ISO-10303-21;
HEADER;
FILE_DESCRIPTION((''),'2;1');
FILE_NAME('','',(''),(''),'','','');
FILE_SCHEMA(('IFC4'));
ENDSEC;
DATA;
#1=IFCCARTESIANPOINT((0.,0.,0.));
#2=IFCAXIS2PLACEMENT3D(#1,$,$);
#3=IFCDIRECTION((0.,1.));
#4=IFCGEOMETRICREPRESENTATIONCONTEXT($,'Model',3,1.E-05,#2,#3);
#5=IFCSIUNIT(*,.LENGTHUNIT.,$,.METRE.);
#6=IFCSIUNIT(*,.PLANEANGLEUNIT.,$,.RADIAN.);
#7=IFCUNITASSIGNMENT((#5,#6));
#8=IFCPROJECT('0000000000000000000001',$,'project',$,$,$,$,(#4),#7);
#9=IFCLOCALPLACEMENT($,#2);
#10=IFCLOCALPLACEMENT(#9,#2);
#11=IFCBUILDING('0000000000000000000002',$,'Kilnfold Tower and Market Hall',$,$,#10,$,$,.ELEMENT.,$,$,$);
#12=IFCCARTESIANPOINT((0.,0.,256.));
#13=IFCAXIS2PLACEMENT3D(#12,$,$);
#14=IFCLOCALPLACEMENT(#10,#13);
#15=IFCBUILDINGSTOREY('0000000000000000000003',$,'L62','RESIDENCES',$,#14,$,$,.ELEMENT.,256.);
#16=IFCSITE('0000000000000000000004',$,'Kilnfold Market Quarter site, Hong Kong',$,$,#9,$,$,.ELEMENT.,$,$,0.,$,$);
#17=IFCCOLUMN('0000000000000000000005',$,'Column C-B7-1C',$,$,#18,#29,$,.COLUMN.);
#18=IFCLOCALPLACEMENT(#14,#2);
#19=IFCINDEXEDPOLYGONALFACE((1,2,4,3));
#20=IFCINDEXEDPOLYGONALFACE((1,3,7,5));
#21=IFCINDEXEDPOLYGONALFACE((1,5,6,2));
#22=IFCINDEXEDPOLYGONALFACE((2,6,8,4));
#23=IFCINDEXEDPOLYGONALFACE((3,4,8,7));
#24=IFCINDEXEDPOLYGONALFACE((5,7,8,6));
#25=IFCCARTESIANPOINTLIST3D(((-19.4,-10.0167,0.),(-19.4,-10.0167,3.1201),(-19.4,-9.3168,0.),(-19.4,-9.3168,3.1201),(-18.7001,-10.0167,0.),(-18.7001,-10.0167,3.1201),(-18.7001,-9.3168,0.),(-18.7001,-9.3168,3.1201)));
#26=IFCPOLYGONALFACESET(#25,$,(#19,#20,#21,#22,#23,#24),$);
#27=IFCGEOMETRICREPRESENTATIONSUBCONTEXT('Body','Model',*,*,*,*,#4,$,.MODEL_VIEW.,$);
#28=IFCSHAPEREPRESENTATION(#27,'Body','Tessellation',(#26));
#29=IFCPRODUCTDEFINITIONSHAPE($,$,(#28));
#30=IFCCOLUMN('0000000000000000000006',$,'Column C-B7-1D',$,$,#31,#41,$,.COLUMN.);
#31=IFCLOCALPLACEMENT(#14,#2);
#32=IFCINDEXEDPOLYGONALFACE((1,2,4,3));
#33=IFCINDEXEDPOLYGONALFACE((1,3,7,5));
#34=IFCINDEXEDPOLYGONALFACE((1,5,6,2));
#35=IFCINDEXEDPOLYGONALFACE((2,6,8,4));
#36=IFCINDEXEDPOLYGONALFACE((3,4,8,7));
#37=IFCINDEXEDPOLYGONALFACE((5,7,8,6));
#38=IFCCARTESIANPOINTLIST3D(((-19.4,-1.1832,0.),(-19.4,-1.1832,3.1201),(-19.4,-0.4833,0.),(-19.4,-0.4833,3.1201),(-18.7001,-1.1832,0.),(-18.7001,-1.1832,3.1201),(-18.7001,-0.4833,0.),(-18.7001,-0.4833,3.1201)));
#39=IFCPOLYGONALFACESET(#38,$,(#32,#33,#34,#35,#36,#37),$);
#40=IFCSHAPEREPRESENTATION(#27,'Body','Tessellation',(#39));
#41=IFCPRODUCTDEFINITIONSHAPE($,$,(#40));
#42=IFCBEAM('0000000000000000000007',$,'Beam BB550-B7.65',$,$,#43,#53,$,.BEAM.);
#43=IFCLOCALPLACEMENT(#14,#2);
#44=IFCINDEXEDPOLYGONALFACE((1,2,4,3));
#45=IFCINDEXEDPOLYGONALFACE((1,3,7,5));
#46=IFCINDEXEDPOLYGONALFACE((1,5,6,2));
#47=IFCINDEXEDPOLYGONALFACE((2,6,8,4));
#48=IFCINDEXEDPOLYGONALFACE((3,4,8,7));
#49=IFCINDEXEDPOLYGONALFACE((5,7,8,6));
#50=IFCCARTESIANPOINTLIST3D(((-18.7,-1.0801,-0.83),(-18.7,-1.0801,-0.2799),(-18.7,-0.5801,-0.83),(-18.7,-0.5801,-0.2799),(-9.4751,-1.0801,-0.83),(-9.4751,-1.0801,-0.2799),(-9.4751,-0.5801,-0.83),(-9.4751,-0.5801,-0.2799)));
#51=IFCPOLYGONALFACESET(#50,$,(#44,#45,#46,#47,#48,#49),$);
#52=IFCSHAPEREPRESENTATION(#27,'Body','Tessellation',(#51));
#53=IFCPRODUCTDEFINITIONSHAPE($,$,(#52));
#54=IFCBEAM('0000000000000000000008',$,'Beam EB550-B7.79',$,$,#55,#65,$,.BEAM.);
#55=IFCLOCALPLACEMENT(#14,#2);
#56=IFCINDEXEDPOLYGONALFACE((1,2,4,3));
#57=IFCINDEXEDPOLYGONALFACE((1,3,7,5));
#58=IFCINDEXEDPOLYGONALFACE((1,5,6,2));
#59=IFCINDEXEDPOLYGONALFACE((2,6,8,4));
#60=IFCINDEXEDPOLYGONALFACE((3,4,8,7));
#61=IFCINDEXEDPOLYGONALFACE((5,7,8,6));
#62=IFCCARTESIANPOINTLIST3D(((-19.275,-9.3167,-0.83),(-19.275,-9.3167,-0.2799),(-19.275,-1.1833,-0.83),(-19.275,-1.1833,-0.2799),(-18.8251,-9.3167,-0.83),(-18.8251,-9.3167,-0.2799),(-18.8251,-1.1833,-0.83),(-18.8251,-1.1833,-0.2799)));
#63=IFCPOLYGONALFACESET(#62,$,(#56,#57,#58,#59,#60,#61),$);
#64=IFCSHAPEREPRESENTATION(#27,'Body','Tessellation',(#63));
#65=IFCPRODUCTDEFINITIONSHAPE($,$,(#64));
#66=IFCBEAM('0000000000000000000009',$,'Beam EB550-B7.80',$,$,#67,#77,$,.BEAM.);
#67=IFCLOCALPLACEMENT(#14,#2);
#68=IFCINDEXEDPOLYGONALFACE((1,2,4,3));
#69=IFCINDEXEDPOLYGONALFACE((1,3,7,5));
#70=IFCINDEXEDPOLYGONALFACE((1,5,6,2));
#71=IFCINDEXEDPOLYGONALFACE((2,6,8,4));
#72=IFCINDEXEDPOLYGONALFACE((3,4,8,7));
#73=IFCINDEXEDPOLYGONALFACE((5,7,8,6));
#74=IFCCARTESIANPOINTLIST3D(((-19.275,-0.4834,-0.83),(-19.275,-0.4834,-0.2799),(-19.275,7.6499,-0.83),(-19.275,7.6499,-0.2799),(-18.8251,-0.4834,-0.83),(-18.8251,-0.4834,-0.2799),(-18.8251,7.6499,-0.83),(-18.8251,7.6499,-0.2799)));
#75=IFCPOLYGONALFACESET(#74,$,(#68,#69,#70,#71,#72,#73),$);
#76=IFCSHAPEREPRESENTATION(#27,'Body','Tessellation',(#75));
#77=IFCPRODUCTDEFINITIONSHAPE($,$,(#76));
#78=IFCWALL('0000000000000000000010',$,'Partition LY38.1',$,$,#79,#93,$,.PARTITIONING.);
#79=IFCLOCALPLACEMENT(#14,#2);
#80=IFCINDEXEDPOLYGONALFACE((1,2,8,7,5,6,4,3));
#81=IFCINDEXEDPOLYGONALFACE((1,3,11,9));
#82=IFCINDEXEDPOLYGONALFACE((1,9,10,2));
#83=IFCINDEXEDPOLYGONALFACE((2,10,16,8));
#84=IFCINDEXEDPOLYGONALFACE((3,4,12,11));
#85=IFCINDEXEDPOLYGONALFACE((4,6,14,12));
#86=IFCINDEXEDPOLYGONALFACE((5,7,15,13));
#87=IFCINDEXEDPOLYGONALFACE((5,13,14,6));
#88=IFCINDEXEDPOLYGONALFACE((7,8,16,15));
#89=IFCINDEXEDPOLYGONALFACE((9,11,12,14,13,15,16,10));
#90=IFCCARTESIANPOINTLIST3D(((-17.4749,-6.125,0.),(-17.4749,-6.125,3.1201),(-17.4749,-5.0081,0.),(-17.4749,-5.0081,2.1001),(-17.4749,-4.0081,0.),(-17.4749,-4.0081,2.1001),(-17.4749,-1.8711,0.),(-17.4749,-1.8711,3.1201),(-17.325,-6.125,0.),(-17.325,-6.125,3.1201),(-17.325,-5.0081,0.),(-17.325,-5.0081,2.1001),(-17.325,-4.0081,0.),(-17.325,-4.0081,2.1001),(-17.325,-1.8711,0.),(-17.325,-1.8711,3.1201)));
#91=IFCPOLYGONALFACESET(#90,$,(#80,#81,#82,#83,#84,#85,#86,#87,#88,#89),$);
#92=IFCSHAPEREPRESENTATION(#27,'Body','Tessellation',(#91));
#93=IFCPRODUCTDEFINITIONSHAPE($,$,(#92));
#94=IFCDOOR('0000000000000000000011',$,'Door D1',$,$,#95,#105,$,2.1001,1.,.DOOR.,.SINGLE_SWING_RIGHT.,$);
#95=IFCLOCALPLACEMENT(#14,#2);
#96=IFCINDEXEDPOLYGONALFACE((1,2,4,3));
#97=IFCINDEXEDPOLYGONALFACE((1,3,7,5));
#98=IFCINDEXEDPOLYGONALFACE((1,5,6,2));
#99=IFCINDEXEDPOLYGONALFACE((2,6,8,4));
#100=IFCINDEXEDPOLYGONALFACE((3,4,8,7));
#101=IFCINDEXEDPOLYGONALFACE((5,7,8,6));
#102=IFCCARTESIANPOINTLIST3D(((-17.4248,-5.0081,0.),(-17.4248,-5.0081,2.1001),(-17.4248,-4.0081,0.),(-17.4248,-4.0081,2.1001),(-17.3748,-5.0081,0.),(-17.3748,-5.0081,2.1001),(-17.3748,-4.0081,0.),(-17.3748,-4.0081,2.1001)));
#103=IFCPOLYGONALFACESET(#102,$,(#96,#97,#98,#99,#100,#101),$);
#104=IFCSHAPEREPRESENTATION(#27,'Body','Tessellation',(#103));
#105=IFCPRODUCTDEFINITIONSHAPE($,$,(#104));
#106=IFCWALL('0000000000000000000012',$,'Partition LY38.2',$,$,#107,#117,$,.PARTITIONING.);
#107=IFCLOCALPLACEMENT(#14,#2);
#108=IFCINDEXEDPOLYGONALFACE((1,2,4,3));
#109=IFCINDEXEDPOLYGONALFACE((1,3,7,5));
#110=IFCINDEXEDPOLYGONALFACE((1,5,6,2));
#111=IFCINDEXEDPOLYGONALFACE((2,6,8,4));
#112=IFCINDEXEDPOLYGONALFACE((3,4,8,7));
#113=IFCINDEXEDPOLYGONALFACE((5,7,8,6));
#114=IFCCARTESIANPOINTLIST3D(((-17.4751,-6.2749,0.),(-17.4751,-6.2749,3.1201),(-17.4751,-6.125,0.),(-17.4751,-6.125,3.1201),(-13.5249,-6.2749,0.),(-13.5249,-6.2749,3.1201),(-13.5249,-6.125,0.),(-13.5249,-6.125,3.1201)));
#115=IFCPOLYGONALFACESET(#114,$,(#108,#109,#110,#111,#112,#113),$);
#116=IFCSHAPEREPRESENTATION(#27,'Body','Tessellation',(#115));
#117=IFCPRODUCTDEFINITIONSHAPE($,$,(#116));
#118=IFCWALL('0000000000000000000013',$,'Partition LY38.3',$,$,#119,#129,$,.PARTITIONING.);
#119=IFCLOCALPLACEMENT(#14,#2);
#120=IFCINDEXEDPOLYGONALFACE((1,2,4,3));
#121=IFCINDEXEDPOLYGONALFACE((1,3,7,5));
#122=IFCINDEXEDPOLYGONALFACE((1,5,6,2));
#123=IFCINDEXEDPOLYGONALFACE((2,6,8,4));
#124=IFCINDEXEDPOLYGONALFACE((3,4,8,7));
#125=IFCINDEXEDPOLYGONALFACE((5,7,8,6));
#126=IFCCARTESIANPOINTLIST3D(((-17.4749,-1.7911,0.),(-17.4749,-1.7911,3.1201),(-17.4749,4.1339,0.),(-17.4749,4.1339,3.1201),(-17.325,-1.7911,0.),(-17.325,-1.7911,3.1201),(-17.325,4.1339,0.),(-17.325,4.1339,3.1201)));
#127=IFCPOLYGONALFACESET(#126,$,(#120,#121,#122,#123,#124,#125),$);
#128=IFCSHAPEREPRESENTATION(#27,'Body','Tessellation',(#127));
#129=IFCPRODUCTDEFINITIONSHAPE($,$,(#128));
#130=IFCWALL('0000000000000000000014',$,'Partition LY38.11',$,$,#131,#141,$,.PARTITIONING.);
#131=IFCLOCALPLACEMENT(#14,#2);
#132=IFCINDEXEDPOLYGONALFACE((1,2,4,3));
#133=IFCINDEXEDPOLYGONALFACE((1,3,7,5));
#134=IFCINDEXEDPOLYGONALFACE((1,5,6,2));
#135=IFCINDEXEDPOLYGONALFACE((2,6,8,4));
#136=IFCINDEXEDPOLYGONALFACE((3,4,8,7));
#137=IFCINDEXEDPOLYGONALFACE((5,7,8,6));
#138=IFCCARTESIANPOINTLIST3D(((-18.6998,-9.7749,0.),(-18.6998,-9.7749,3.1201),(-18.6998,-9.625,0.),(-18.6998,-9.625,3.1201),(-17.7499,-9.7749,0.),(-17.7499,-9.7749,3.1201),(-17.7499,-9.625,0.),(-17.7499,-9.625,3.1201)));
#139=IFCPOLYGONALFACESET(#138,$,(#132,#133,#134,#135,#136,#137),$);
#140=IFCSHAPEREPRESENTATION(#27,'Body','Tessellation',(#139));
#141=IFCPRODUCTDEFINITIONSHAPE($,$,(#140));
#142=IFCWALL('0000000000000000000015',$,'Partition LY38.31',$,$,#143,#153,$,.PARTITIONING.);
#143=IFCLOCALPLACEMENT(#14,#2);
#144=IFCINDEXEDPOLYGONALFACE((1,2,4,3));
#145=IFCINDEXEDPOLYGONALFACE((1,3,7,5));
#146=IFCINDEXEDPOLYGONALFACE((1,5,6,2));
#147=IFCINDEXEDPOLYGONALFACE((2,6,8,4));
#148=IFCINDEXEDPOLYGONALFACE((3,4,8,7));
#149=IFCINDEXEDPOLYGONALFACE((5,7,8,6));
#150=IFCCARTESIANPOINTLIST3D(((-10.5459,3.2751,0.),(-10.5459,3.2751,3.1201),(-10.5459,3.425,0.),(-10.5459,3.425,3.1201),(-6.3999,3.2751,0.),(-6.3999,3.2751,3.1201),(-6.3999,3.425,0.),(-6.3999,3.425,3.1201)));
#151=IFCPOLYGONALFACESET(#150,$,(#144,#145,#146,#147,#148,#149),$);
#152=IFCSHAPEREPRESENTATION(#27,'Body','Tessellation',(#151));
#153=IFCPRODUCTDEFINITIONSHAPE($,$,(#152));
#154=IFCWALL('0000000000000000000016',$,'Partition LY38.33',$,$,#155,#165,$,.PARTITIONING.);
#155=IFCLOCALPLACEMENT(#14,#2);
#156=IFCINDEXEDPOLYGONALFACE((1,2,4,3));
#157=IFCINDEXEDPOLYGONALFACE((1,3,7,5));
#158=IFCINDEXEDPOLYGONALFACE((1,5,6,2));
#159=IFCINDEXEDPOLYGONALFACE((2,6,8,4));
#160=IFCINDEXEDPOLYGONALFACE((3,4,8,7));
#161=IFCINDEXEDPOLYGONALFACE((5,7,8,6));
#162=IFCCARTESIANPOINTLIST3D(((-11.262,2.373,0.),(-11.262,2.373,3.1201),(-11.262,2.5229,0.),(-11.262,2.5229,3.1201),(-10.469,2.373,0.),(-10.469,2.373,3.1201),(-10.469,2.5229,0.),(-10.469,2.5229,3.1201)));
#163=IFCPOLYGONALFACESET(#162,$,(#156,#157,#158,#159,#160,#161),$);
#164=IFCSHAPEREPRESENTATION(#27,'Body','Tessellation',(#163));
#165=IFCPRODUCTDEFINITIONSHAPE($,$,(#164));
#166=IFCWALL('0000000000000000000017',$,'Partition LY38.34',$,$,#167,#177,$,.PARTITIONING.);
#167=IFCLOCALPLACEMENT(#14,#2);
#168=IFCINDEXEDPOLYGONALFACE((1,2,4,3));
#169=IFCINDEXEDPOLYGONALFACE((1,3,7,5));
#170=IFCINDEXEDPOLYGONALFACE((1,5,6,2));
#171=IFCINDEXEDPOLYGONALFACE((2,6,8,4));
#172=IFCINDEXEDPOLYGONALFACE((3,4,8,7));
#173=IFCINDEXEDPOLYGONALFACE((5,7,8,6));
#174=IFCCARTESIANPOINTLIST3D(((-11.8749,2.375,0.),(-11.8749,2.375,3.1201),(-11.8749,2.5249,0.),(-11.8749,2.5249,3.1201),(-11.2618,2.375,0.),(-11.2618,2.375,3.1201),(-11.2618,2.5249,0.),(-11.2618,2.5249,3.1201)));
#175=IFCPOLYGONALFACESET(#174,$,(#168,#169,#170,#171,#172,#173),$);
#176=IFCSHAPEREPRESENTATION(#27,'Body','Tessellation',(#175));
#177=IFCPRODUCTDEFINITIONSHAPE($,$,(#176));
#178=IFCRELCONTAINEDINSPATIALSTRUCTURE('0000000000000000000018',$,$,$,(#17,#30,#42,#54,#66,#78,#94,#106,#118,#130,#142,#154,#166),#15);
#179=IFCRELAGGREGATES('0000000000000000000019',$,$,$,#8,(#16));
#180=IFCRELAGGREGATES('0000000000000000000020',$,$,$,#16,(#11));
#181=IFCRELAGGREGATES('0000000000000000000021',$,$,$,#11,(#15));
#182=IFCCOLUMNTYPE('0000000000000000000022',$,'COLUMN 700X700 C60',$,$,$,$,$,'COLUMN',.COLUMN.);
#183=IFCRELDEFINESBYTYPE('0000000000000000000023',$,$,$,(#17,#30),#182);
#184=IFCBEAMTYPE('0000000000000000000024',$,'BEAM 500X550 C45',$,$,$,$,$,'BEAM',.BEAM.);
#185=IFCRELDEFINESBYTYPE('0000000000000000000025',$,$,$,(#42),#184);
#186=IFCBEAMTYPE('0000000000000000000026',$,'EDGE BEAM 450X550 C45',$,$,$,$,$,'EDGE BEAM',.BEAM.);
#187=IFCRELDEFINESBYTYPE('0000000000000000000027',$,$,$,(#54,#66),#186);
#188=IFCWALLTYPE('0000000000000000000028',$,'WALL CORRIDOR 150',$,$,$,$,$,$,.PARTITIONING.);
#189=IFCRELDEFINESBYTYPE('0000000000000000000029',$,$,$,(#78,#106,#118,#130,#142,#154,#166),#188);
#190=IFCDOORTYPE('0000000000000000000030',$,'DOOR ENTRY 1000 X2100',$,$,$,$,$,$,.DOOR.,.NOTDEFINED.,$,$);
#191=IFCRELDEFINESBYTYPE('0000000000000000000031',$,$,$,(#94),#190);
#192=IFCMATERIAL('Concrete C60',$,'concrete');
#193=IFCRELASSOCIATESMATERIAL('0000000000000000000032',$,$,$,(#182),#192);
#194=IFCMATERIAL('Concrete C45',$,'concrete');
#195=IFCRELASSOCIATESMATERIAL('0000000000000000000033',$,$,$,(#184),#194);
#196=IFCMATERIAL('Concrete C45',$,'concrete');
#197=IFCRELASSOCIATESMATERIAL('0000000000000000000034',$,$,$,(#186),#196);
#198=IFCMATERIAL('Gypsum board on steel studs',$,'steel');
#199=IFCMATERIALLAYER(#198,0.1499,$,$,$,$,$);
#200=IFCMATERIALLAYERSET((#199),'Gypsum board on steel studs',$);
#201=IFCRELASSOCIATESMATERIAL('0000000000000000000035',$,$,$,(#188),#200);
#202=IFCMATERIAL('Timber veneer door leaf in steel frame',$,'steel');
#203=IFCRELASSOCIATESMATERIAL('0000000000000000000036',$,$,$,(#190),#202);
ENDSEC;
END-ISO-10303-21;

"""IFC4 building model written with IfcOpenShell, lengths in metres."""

from ifc_helpers import new_model, si_unit, direction, frame, frame_2d, origin, origin_2d, place, context, subcontext, project, spatial, rectangle, extrude, source, transform, mapped, material, layer, layer_set, material_profile, profile_set, type_object, element, fill, save


model = new_model("IFC4")

# Units and contexts
model_context = context("Model", 3, precision=1e-05, world=origin(), true_north=direction((0.0, 1.0)))
body_context = subcontext(model_context, "Body", "Model", "MODEL_VIEW")
ifc_project = project(units=[si_unit("LENGTHUNIT", "METRE"), si_unit("PLANEANGLEUNIT", "RADIAN")], contexts=[model_context])

# Site, building, storey
site_placement = place(None, origin())
site = spatial("IfcSite", under=ifc_project, at=site_placement, Name="Kilnfold Market Quarter site, Hong Kong", CompositionType="ELEMENT", RefElevation=0.0)
building_placement = place(site_placement, origin())
building = spatial("IfcBuilding", under=site, at=building_placement, Name="Kilnfold Tower and Market Hall", CompositionType="ELEMENT")
storey_placement = place(building_placement, frame((0.0, 0.0, 256.0)))
storey = spatial("IfcBuildingStorey", under=building, at=storey_placement, Name="L62", Description="RESIDENCES", CompositionType="ELEMENT", Elevation=256.0)

# Columns
ifc_material_1 = material(Name="Concrete C60", Category="concrete")
ifc_material_profile_1 = material_profile(ifc_material_1, rectangle(XDim=0.7, YDim=0.7, at=origin_2d()), Name="RC 700x700")
ifc_profile_set_1 = profile_set([ifc_material_profile_1], Name="Concrete C60")
column_type = type_object("IfcColumnType", Name="COLUMN 700X700 C60", ElementType="COLUMN", PredefinedType="COLUMN", material=ifc_profile_set_1)
shared_shape_1 = source(origin(), body_context, "Body", "SweptSolid", [
    extrude(rectangle(XDim=0.7, YDim=0.7, at=origin_2d()), origin(), (0.0, 0.0, 1.0), 3.1201),
])
for number, where, z_axis, x_axis, name in (
    (1, (-19.05, -9.6667, 0.0), (0.0, 0.0, 1.0), (1.0, 0.0, 0.0), "Column C-B7-1C"),
    (2, (-19.05, -0.8333, 0.0), (0.0, 0.0, 1.0), (1.0, 0.0, 0.0), "Column C-B7-1D"),
):
    element("IfcColumn", number, at=place(storey_placement, frame(where, z_axis=z_axis, x_axis=x_axis)), inside=storey, type_object=column_type, Name=name, PredefinedType="COLUMN", context=body_context, shape_type="MappedRepresentation", body=[
        mapped(shared_shape_1, transform((0.0, 0.0, 0.0))),
    ])

# Beams
ifc_material_2 = material(Name="Concrete C45", Category="concrete")
ifc_material_profile_2 = material_profile(ifc_material_2, rectangle(XDim=0.5, YDim=0.55, at=origin_2d()), Name="RC 500x550")
ifc_profile_set_2 = profile_set([ifc_material_profile_2], Name="Concrete C45")
beam_type_1 = type_object("IfcBeamType", Name="BEAM 500X550 C45", ElementType="BEAM", PredefinedType="BEAM", material=ifc_profile_set_2)
shared_shape_2 = source(origin(), body_context, "Body", "SweptSolid", [
    extrude(rectangle(XDim=0.5, YDim=0.55, at=origin_2d()), origin(), (0.0, 0.0, 1.0), 9.2249),
])
beam_placement = place(storey_placement, frame((-18.7, -0.8301, -0.5549), z_axis=(1.0, 0.0, 0.0), x_axis=(0.0, 1.0, 0.0)))
element("IfcBeam", 3, at=beam_placement, inside=storey, type_object=beam_type_1, Name="Beam BB550-B7.65", PredefinedType="BEAM", context=body_context, shape_type="MappedRepresentation", body=[
    mapped(shared_shape_2, transform((0.0, 0.0, 0.0))),
])
ifc_material_3 = material(Name="Concrete C45", Category="concrete")
ifc_material_profile_3 = material_profile(ifc_material_3, rectangle(XDim=0.45, YDim=0.55, at=origin_2d()), Name="RC 450x550")
ifc_profile_set_3 = profile_set([ifc_material_profile_3], Name="Concrete C45")
beam_type_2 = type_object("IfcBeamType", Name="EDGE BEAM 450X550 C45", ElementType="EDGE BEAM", PredefinedType="BEAM", material=ifc_profile_set_3)
shared_shape_3 = source(origin(), body_context, "Body", "SweptSolid", [
    extrude(rectangle(XDim=0.45, YDim=0.55, at=origin_2d()), origin(), (0.0, 0.0, 1.0), 8.1333),
])
for number, where, z_axis, x_axis, name in (
    (4, (-19.05, -9.3167, -0.5549), (0.0, 1.0, 0.0), (-1.0, 0.0, 0.0), "Beam EB550-B7.79"),
    (5, (-19.05, -0.4834, -0.5549), (0.0, 1.0, 0.0), (-1.0, 0.0, 0.0), "Beam EB550-B7.80"),
):
    element("IfcBeam", number, at=place(storey_placement, frame(where, z_axis=z_axis, x_axis=x_axis)), inside=storey, type_object=beam_type_2, Name=name, PredefinedType="BEAM", context=body_context, shape_type="MappedRepresentation", body=[
        mapped(shared_shape_3, transform((0.0, 0.0, 0.0))),
    ])

# Wall, opening, door
ifc_material_4 = material(Name="Gypsum board on steel studs", Category="steel")
ifc_layer_1 = layer(ifc_material_4, 0.1499)
ifc_layer_set_1 = layer_set([ifc_layer_1], Name="Gypsum board on steel studs")
wall_type_1 = type_object("IfcWallType", Name="WALL CORRIDOR 150", PredefinedType="PARTITIONING", material=ifc_layer_set_1)
wall_1_placement = place(storey_placement, frame((-17.3999, -6.125, 0.0), z_axis=(0.0, 0.0, 1.0), x_axis=(0.0, 1.0, 0.0)))
wall_1 = element("IfcWall", 6, at=wall_1_placement, inside=storey, type_object=wall_type_1, Name="Partition LY38.1", PredefinedType="PARTITIONING", context=body_context, shape_type="SweptSolid", body=[
    extrude(rectangle(XDim=4.2539, YDim=0.1499, at=frame_2d((2.127, 0.0))), origin(), (0.0, 0.0, 1.0), 3.1201),
])
opening_1_placement = place(wall_1_placement, frame((1.1169, 0.0, 0.0)))
opening_1 = element("IfcOpeningElement", 7, at=opening_1_placement, cuts=wall_1, PredefinedType="OPENING", context=body_context, shape_type="SweptSolid", body=[
    extrude(rectangle(XDim=1.0, YDim=2.1001, at=frame_2d((0.5, 1.05))), frame((0.0, 0.085, 0.0), z_axis=(0.0, -1.0, 0.0), x_axis=(1.0, 0.0, 0.0)), (0.0, 0.0, 1.0), 0.1699),
])
ifc_material_5 = material(Name="Timber veneer door leaf in steel frame", Category="steel")
door_type_1 = type_object("IfcDoorType", Name="DOOR ENTRY 1000 X2100", OperationType="NOTDEFINED", PredefinedType="DOOR", material=ifc_material_5)
door_1_placement = place(opening_1_placement, origin())
door_1 = element("IfcDoor", 8, at=door_1_placement, inside=storey, type_object=door_type_1, Name="Door D1", OperationType="SINGLE_SWING_RIGHT", OverallHeight=2.1001, OverallWidth=1.0, PredefinedType="DOOR", context=body_context, shape_type="SweptSolid", body=[
    extrude(rectangle(XDim=1.0, YDim=2.1001, at=frame_2d((0.5, 1.05))), frame((0.0, 0.0249, 0.0), z_axis=(0.0, -1.0, 0.0), x_axis=(1.0, 0.0, 0.0)), (0.0, 0.0, 1.0), 0.05),
])
fill(opening_1, door_1)

# Walls
wall_2_placement = place(storey_placement, frame((-17.4751, -6.2, 0.0), z_axis=(0.0, 0.0, 1.0), x_axis=(1.0, 0.0, 0.0)))
element("IfcWall", 9, at=wall_2_placement, inside=storey, type_object=wall_type_1, Name="Partition LY38.2", PredefinedType="PARTITIONING", context=body_context, shape_type="SweptSolid", body=[
    extrude(rectangle(XDim=3.9502, YDim=0.1499, at=frame_2d((1.9751, 0.0))), origin(), (0.0, 0.0, 1.0), 3.1201),
])
wall_3_placement = place(storey_placement, frame((-17.3999, -1.791, 0.0), z_axis=(0.0, 0.0, 1.0), x_axis=(0.0, 1.0, 0.0)))
element("IfcWall", 10, at=wall_3_placement, inside=storey, type_object=wall_type_1, Name="Partition LY38.3", PredefinedType="PARTITIONING", context=body_context, shape_type="SweptSolid", body=[
    extrude(rectangle(XDim=5.925, YDim=0.1499, at=frame_2d((2.9624, 0.0))), origin(), (0.0, 0.0, 1.0), 3.1201),
])
wall_4_placement = place(storey_placement, frame((-18.7, -9.7, 0.0), z_axis=(0.0, 0.0, 1.0), x_axis=(1.0, 0.0, 0.0)))
element("IfcWall", 11, at=wall_4_placement, inside=storey, type_object=wall_type_1, Name="Partition LY38.11", PredefinedType="PARTITIONING", context=body_context, shape_type="SweptSolid", body=[
    extrude(rectangle(XDim=0.95, YDim=0.1499, at=frame_2d((0.4751, 0.0))), origin(), (0.0, 0.0, 1.0), 3.1201),
])
wall_5_placement = place(storey_placement, frame((-10.5459, 3.3501, 0.0), z_axis=(0.0, 0.0, 1.0), x_axis=(1.0, 0.0, 0.0)))
element("IfcWall", 12, at=wall_5_placement, inside=storey, type_object=wall_type_1, Name="Partition LY38.31", PredefinedType="PARTITIONING", context=body_context, shape_type="SweptSolid", body=[
    extrude(rectangle(XDim=4.146, YDim=0.1499, at=frame_2d((2.073, 0.0))), origin(), (0.0, 0.0, 1.0), 3.1201),
])
wall_6_placement = place(storey_placement, frame((-11.262, 2.448, 0.0), z_axis=(0.0, 0.0, 1.0), x_axis=(1.0, 0.0, 0.0)))
element("IfcWall", 13, at=wall_6_placement, inside=storey, type_object=wall_type_1, Name="Partition LY38.33", PredefinedType="PARTITIONING", context=body_context, shape_type="SweptSolid", body=[
    extrude(rectangle(XDim=0.793, YDim=0.1499, at=frame_2d((0.3965, 0.0))), origin(), (0.0, 0.0, 1.0), 3.1201),
])
wall_7_placement = place(storey_placement, frame((-11.875, 2.45, 0.0), z_axis=(0.0, 0.0, 1.0), x_axis=(1.0, 0.0, 0.0)))
element("IfcWall", 14, at=wall_7_placement, inside=storey, type_object=wall_type_1, Name="Partition LY38.34", PredefinedType="PARTITIONING", context=body_context, shape_type="SweptSolid", body=[
    extrude(rectangle(XDim=0.613, YDim=0.1499, at=frame_2d((0.3066, 0.0))), origin(), (0.0, 0.0, 1.0), 3.1201),
])

save(model, "model.ifc")
